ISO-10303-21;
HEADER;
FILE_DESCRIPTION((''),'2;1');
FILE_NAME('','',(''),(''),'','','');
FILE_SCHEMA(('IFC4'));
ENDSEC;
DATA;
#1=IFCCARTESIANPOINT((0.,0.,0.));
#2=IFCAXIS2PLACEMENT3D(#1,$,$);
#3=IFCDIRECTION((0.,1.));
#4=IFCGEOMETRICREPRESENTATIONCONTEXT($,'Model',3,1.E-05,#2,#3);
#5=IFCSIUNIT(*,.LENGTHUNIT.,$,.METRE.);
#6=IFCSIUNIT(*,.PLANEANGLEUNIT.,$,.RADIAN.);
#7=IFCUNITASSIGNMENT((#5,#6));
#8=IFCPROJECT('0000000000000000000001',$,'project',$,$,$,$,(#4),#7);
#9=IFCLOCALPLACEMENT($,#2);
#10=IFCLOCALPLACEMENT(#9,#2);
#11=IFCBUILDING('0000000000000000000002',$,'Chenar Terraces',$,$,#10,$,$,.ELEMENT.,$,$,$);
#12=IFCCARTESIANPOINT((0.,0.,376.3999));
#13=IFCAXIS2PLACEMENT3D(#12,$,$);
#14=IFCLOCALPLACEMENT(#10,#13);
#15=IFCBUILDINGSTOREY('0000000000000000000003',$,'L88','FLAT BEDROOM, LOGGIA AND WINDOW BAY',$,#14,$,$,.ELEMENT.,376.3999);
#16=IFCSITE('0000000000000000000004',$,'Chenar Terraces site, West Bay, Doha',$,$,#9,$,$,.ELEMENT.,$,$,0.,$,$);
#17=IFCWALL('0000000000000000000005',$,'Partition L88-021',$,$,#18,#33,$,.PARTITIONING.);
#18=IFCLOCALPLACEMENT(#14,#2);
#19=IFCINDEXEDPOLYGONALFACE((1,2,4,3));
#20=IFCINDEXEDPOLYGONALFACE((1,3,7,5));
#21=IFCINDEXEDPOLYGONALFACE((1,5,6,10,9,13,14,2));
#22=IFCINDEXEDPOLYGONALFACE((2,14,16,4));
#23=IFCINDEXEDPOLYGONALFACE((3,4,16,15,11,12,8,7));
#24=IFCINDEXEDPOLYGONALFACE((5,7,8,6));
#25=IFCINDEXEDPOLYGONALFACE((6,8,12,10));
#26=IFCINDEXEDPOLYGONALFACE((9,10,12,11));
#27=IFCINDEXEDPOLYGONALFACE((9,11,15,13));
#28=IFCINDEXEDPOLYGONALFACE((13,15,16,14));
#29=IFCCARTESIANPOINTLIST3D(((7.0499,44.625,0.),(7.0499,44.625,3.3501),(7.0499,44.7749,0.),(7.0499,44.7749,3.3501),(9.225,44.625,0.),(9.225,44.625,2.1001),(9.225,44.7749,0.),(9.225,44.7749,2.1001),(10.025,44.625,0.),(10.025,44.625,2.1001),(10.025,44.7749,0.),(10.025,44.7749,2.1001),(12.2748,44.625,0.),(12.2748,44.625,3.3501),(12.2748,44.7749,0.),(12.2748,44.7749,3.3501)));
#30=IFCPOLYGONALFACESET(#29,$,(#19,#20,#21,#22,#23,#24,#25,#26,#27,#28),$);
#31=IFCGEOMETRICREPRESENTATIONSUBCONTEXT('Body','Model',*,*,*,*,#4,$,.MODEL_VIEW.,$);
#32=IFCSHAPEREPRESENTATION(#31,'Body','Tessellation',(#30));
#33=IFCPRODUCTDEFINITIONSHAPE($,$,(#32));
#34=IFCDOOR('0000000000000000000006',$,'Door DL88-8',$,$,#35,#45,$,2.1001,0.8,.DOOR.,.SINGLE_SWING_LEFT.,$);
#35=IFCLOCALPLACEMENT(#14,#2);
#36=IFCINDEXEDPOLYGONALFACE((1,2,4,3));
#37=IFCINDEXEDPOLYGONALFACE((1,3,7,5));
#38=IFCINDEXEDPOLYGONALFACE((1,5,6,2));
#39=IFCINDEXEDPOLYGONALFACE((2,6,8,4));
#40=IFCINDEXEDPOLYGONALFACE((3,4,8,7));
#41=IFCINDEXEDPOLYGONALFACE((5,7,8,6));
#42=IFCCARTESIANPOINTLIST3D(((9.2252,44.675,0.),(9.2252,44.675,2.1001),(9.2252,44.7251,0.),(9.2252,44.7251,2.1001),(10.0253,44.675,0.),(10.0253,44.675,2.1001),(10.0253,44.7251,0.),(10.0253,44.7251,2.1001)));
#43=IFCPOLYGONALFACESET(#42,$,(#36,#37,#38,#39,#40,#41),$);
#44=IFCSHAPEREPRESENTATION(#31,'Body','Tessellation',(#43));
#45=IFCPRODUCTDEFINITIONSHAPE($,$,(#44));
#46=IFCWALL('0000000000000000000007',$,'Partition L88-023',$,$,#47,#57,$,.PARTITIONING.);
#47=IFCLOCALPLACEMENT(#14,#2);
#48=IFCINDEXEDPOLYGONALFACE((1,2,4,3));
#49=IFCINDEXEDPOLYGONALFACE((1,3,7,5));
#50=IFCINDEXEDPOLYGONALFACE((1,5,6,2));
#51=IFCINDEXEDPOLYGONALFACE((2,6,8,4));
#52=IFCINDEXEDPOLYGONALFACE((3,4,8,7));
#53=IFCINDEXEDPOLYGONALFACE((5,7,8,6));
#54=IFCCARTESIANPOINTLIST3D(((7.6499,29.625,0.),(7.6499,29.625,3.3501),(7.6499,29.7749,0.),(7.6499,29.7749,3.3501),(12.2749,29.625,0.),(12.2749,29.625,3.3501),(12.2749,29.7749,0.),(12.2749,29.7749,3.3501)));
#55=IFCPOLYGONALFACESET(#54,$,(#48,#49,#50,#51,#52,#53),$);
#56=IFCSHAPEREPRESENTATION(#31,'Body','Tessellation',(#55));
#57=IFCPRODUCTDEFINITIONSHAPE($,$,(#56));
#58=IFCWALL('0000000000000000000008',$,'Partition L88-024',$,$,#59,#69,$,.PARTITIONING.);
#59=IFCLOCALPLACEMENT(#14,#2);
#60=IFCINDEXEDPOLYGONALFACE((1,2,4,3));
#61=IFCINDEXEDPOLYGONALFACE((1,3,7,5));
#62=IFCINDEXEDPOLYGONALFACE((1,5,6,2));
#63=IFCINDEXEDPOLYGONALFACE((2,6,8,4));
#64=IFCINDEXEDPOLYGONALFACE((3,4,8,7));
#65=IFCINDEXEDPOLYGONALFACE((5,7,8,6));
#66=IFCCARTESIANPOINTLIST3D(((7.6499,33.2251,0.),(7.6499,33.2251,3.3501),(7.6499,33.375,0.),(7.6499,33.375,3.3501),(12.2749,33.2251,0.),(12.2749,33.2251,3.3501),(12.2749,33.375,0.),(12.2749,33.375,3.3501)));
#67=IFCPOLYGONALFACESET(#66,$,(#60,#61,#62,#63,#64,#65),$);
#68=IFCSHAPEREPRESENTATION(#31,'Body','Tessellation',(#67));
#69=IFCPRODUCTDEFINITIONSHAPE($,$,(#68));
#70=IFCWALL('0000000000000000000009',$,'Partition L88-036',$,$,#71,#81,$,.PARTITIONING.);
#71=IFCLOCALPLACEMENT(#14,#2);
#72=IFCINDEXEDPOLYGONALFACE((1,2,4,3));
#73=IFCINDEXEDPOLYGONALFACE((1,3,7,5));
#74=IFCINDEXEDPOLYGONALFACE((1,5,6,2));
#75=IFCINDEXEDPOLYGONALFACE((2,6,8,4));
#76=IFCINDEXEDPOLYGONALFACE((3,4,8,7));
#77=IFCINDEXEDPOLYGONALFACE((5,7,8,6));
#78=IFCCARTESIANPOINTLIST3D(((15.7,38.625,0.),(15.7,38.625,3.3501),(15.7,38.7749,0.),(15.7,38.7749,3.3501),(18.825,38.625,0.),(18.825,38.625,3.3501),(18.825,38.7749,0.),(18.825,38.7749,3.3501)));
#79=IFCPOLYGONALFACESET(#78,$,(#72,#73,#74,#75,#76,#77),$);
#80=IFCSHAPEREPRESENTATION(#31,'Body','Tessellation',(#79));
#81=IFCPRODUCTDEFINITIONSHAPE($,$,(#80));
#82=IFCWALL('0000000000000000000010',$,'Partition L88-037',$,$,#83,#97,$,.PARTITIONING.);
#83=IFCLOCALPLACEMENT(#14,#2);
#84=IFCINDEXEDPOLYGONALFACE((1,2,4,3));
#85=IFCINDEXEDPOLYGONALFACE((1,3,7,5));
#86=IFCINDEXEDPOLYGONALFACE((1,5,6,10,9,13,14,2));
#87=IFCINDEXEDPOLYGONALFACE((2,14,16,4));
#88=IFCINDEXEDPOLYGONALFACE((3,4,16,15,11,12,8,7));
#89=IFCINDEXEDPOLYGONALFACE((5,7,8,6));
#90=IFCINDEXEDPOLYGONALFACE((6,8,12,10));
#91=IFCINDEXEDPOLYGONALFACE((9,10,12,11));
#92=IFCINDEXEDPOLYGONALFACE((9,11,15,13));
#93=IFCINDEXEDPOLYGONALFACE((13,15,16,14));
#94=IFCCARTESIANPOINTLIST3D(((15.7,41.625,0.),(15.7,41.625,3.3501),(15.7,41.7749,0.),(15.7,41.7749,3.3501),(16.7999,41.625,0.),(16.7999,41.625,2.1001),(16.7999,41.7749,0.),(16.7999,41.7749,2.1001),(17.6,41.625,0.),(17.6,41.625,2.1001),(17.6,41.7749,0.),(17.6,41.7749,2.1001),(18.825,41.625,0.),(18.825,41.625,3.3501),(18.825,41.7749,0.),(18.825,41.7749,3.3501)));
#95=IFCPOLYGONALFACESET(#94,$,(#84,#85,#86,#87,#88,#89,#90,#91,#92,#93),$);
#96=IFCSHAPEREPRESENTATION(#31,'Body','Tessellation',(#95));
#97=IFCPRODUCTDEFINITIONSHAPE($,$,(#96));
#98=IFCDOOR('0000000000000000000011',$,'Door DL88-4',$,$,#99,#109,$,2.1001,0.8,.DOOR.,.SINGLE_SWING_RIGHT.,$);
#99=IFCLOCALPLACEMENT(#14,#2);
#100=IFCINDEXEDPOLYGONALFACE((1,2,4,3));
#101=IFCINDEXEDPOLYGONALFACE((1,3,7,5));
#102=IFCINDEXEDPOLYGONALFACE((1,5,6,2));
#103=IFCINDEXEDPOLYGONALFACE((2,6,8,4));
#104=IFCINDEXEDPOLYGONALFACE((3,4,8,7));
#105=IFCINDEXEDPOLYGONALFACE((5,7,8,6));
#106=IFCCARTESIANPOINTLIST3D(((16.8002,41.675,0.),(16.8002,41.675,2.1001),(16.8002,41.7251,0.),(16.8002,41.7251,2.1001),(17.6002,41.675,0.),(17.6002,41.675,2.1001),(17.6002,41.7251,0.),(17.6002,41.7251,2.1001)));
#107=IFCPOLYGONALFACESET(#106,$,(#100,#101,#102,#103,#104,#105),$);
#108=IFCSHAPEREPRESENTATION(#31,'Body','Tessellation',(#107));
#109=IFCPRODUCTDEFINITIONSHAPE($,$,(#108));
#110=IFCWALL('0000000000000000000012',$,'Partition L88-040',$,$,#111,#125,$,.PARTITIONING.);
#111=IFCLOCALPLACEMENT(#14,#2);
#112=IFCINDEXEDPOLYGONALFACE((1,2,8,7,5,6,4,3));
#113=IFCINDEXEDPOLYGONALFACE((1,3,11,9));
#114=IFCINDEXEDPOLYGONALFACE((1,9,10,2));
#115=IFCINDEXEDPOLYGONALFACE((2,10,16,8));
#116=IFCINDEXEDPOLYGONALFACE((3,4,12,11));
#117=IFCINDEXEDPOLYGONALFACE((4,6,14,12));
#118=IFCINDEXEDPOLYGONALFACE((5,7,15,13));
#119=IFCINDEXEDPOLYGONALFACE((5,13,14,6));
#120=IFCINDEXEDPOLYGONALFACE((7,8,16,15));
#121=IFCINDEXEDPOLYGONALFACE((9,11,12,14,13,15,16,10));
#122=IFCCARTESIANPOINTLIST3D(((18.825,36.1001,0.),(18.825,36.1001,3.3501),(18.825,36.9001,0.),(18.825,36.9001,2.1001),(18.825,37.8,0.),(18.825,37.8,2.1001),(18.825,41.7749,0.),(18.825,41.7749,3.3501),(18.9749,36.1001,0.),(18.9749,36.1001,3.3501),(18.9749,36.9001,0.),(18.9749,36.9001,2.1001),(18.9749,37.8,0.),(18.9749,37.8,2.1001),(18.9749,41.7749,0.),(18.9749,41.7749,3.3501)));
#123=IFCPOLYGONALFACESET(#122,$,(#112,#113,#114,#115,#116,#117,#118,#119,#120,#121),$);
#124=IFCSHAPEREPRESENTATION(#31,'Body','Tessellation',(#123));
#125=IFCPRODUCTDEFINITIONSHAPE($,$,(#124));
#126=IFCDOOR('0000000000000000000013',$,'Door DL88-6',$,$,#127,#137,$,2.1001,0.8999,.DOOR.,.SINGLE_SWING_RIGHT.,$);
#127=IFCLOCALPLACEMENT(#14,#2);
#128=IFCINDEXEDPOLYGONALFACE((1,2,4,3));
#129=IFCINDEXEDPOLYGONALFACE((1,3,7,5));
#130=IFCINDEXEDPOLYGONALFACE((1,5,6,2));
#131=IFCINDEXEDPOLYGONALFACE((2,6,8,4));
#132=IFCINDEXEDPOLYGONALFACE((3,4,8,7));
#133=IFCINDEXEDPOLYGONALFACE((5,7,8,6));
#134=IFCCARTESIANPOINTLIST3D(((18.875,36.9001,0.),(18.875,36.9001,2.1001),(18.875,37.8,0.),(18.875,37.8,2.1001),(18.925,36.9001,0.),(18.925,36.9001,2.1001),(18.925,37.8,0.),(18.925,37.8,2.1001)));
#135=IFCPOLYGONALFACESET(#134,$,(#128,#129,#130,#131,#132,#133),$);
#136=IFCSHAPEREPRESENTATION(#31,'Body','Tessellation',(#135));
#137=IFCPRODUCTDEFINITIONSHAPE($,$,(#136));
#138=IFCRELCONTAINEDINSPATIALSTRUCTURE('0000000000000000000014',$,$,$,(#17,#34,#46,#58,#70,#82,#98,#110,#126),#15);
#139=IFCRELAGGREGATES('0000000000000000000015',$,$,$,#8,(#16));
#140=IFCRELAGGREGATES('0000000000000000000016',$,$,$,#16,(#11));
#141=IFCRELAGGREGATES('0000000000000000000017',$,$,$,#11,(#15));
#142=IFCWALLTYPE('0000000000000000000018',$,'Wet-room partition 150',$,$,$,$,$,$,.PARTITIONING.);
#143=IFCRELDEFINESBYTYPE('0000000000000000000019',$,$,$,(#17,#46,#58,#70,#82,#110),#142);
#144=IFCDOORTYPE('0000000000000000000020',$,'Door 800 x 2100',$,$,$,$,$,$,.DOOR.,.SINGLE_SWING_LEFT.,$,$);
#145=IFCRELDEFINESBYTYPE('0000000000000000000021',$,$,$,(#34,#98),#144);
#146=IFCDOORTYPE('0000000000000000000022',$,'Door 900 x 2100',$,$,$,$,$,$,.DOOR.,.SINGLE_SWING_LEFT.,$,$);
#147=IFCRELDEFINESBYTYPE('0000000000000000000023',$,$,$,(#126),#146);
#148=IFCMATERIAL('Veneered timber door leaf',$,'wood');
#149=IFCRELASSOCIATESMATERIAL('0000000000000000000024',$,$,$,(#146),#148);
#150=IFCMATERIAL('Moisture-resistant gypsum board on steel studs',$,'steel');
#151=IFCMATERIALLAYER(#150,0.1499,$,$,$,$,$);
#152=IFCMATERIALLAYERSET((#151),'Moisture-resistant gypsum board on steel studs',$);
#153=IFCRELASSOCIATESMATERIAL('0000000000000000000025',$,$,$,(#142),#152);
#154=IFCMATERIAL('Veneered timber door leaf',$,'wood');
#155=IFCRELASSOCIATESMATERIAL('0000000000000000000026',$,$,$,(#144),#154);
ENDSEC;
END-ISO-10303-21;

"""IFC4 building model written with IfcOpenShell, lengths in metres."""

from ifc_helpers import new_model, si_unit, direction, frame, frame_2d, origin, place, context, subcontext, project, spatial, rectangle, extrude, material, layer, layer_set, type_object, element, fill, save


model = new_model("IFC4")

# Units and contexts
model_context = context("Model", 3, precision=1e-05, world=origin(), true_north=direction((0.0, 1.0)))
body_context = subcontext(model_context, "Body", "Model", "MODEL_VIEW")
ifc_project = project(units=[si_unit("LENGTHUNIT", "METRE"), si_unit("PLANEANGLEUNIT", "RADIAN")], contexts=[model_context])

# Site, building, storey
site_placement = place(None, origin())
site = spatial("IfcSite", under=ifc_project, at=site_placement, Name="Chenar Terraces site, West Bay, Doha", CompositionType="ELEMENT", RefElevation=0.0)
building_placement = place(site_placement, origin())
building = spatial("IfcBuilding", under=site, at=building_placement, Name="Chenar Terraces", CompositionType="ELEMENT")
storey_placement = place(building_placement, frame((0.0, 0.0, 376.3999)))
storey = spatial("IfcBuildingStorey", under=building, at=storey_placement, Name="L88", Description="FLAT BEDROOM, LOGGIA AND WINDOW BAY", CompositionType="ELEMENT", Elevation=376.3999)

# Shared definitions
ifc_material_1 = material(Name="Veneered timber door leaf", Category="wood")
door_type_1 = type_object("IfcDoorType", Name="Door 900 x 2100", OperationType="SINGLE_SWING_LEFT", PredefinedType="DOOR", material=ifc_material_1)

# Shared definitions
ifc_material_2 = material(Name="Moisture-resistant gypsum board on steel studs", Category="steel")
ifc_layer_1 = layer(ifc_material_2, 0.1499)
ifc_layer_set_1 = layer_set([ifc_layer_1], Name="Moisture-resistant gypsum board on steel studs")
wall_type_1 = type_object("IfcWallType", Name="Wet-room partition 150", PredefinedType="PARTITIONING", material=ifc_layer_set_1)

# Wall, opening, door
wall_1_placement = place(storey_placement, frame((7.05, 44.7, 0.0), z_axis=(0.0, 0.0, 1.0), x_axis=(1.0, 0.0, 0.0)))
wall_1 = element("IfcWall", 1, at=wall_1_placement, inside=storey, type_object=wall_type_1, Name="Partition L88-021", PredefinedType="PARTITIONING", context=body_context, shape_type="SweptSolid", body=[
    extrude(rectangle(XDim=5.2249, YDim=0.1499, at=frame_2d((2.6123, 0.0))), origin(), (0.0, 0.0, 1.0), 3.3501),
])
opening_1_placement = place(wall_1_placement, frame((2.175, 0.0, 0.0)))
opening_1 = element("IfcOpeningElement", 2, at=opening_1_placement, cuts=wall_1, PredefinedType="OPENING", context=body_context, shape_type="SweptSolid", body=[
    extrude(rectangle(XDim=0.8, YDim=2.1001, at=frame_2d((0.3999, 1.05))), frame((0.0, 0.085, 0.0), z_axis=(0.0, -1.0, 0.0), x_axis=(1.0, 0.0, 0.0)), (0.0, 0.0, 1.0), 0.1699),
])
ifc_material_3 = material(Name="Veneered timber door leaf", Category="wood")
door_type_2 = type_object("IfcDoorType", Name="Door 800 x 2100", OperationType="SINGLE_SWING_LEFT", PredefinedType="DOOR", material=ifc_material_3)
door_1_placement = place(opening_1_placement, frame((0.8, 0.0, 0.0), z_axis=(0.0, 0.0, 1.0), x_axis=(-1.0, 0.0, 0.0)))
door_1 = element("IfcDoor", 3, at=door_1_placement, inside=storey, type_object=door_type_2, Name="Door DL88-8", OperationType="SINGLE_SWING_LEFT", OverallHeight=2.1001, OverallWidth=0.8, PredefinedType="DOOR", context=body_context, shape_type="SweptSolid", body=[
    extrude(rectangle(XDim=0.8, YDim=2.1001, at=frame_2d((0.3999, 1.05))), frame((0.0, 0.0249, 0.0), z_axis=(0.0, -1.0, 0.0), x_axis=(1.0, 0.0, 0.0)), (0.0, 0.0, 1.0), 0.05),
])
fill(opening_1, door_1)

# Walls
for number, where, z_axis, x_axis, name in (
    (4, (7.6499, 29.7, 0.0), (0.0, 0.0, 1.0), (1.0, 0.0, 0.0), "Partition L88-023"),
    (5, (7.6499, 33.3, 0.0), (0.0, 0.0, 1.0), (1.0, 0.0, 0.0), "Partition L88-024"),
):
    element("IfcWall", number, at=place(storey_placement, frame(where, z_axis=z_axis, x_axis=x_axis)), inside=storey, type_object=wall_type_1, Name=name, PredefinedType="PARTITIONING", context=body_context, shape_type="SweptSolid", body=[
        extrude(rectangle(XDim=4.625, YDim=0.1499, at=frame_2d((2.3125, 0.0))), origin(), (0.0, 0.0, 1.0), 3.3501),
    ])
wall_2_placement = place(storey_placement, frame((15.7, 38.7, 0.0), z_axis=(0.0, 0.0, 1.0), x_axis=(1.0, 0.0, 0.0)))
element("IfcWall", 6, at=wall_2_placement, inside=storey, type_object=wall_type_1, Name="Partition L88-036", PredefinedType="PARTITIONING", context=body_context, shape_type="SweptSolid", body=[
    extrude(rectangle(XDim=3.125, YDim=0.1499, at=frame_2d((1.5625, 0.0))), origin(), (0.0, 0.0, 1.0), 3.3501),
])

# Walls, openings, doors
wall_3_placement = place(storey_placement, frame((15.7, 41.7, 0.0), z_axis=(0.0, 0.0, 1.0), x_axis=(1.0, 0.0, 0.0)))
wall_3 = element("IfcWall", 7, at=wall_3_placement, inside=storey, type_object=wall_type_1, Name="Partition L88-037", PredefinedType="PARTITIONING", context=body_context, shape_type="SweptSolid", body=[
    extrude(rectangle(XDim=3.125, YDim=0.1499, at=frame_2d((1.5625, 0.0))), origin(), (0.0, 0.0, 1.0), 3.3501),
])
opening_2_placement = place(wall_3_placement, frame((1.1001, 0.0, 0.0)))
opening_2 = element("IfcOpeningElement", 8, at=opening_2_placement, cuts=wall_3, PredefinedType="OPENING", context=body_context, shape_type="SweptSolid", body=[
    extrude(rectangle(XDim=0.8, YDim=2.1001, at=frame_2d((0.3999, 1.05))), frame((0.0, 0.085, 0.0), z_axis=(0.0, -1.0, 0.0), x_axis=(1.0, 0.0, 0.0)), (0.0, 0.0, 1.0), 0.1699),
])
door_2_placement = place(opening_2_placement, frame((0.8, 0.0, 0.0), z_axis=(0.0, 0.0, 1.0), x_axis=(-1.0, 0.0, 0.0)))
door_2 = element("IfcDoor", 9, at=door_2_placement, inside=storey, type_object=door_type_2, Name="Door DL88-4", OperationType="SINGLE_SWING_RIGHT", OverallHeight=2.1001, OverallWidth=0.8, PredefinedType="DOOR", context=body_context, shape_type="SweptSolid", body=[
    extrude(rectangle(XDim=0.8, YDim=2.1001, at=frame_2d((0.3999, 1.05))), frame((0.0, 0.0249, 0.0), z_axis=(0.0, -1.0, 0.0), x_axis=(1.0, 0.0, 0.0)), (0.0, 0.0, 1.0), 0.05),
])
fill(opening_2, door_2)
wall_4_placement = place(storey_placement, frame((18.8999, 36.1001, 0.0), z_axis=(0.0, 0.0, 1.0), x_axis=(0.0, 1.0, 0.0)))
wall_4 = element("IfcWall", 10, at=wall_4_placement, inside=storey, type_object=wall_type_1, Name="Partition L88-040", PredefinedType="PARTITIONING", context=body_context, shape_type="SweptSolid", body=[
    extrude(rectangle(XDim=5.6748, YDim=0.1499, at=frame_2d((2.8374, 0.0))), origin(), (0.0, 0.0, 1.0), 3.3501),
])
opening_3_placement = place(wall_4_placement, frame((0.8, 0.0, 0.0)))
opening_3 = element("IfcOpeningElement", 11, at=opening_3_placement, cuts=wall_4, PredefinedType="OPENING", context=body_context, shape_type="SweptSolid", body=[
    extrude(rectangle(XDim=0.8999, YDim=2.1001, at=frame_2d((0.45, 1.05))), frame((0.0, 0.085, 0.0), z_axis=(0.0, -1.0, 0.0), x_axis=(1.0, 0.0, 0.0)), (0.0, 0.0, 1.0), 0.1699),
])
door_3_placement = place(opening_3_placement, origin())
door_3 = element("IfcDoor", 12, at=door_3_placement, inside=storey, type_object=door_type_1, Name="Door DL88-6", OperationType="SINGLE_SWING_RIGHT", OverallHeight=2.1001, OverallWidth=0.8999, PredefinedType="DOOR", context=body_context, shape_type="SweptSolid", body=[
    extrude(rectangle(XDim=0.8999, YDim=2.1001, at=frame_2d((0.45, 1.05))), frame((0.0, 0.0249, 0.0), z_axis=(0.0, -1.0, 0.0), x_axis=(1.0, 0.0, 0.0)), (0.0, 0.0, 1.0), 0.05),
])
fill(opening_3, door_3)

save(model, "model.ifc")
